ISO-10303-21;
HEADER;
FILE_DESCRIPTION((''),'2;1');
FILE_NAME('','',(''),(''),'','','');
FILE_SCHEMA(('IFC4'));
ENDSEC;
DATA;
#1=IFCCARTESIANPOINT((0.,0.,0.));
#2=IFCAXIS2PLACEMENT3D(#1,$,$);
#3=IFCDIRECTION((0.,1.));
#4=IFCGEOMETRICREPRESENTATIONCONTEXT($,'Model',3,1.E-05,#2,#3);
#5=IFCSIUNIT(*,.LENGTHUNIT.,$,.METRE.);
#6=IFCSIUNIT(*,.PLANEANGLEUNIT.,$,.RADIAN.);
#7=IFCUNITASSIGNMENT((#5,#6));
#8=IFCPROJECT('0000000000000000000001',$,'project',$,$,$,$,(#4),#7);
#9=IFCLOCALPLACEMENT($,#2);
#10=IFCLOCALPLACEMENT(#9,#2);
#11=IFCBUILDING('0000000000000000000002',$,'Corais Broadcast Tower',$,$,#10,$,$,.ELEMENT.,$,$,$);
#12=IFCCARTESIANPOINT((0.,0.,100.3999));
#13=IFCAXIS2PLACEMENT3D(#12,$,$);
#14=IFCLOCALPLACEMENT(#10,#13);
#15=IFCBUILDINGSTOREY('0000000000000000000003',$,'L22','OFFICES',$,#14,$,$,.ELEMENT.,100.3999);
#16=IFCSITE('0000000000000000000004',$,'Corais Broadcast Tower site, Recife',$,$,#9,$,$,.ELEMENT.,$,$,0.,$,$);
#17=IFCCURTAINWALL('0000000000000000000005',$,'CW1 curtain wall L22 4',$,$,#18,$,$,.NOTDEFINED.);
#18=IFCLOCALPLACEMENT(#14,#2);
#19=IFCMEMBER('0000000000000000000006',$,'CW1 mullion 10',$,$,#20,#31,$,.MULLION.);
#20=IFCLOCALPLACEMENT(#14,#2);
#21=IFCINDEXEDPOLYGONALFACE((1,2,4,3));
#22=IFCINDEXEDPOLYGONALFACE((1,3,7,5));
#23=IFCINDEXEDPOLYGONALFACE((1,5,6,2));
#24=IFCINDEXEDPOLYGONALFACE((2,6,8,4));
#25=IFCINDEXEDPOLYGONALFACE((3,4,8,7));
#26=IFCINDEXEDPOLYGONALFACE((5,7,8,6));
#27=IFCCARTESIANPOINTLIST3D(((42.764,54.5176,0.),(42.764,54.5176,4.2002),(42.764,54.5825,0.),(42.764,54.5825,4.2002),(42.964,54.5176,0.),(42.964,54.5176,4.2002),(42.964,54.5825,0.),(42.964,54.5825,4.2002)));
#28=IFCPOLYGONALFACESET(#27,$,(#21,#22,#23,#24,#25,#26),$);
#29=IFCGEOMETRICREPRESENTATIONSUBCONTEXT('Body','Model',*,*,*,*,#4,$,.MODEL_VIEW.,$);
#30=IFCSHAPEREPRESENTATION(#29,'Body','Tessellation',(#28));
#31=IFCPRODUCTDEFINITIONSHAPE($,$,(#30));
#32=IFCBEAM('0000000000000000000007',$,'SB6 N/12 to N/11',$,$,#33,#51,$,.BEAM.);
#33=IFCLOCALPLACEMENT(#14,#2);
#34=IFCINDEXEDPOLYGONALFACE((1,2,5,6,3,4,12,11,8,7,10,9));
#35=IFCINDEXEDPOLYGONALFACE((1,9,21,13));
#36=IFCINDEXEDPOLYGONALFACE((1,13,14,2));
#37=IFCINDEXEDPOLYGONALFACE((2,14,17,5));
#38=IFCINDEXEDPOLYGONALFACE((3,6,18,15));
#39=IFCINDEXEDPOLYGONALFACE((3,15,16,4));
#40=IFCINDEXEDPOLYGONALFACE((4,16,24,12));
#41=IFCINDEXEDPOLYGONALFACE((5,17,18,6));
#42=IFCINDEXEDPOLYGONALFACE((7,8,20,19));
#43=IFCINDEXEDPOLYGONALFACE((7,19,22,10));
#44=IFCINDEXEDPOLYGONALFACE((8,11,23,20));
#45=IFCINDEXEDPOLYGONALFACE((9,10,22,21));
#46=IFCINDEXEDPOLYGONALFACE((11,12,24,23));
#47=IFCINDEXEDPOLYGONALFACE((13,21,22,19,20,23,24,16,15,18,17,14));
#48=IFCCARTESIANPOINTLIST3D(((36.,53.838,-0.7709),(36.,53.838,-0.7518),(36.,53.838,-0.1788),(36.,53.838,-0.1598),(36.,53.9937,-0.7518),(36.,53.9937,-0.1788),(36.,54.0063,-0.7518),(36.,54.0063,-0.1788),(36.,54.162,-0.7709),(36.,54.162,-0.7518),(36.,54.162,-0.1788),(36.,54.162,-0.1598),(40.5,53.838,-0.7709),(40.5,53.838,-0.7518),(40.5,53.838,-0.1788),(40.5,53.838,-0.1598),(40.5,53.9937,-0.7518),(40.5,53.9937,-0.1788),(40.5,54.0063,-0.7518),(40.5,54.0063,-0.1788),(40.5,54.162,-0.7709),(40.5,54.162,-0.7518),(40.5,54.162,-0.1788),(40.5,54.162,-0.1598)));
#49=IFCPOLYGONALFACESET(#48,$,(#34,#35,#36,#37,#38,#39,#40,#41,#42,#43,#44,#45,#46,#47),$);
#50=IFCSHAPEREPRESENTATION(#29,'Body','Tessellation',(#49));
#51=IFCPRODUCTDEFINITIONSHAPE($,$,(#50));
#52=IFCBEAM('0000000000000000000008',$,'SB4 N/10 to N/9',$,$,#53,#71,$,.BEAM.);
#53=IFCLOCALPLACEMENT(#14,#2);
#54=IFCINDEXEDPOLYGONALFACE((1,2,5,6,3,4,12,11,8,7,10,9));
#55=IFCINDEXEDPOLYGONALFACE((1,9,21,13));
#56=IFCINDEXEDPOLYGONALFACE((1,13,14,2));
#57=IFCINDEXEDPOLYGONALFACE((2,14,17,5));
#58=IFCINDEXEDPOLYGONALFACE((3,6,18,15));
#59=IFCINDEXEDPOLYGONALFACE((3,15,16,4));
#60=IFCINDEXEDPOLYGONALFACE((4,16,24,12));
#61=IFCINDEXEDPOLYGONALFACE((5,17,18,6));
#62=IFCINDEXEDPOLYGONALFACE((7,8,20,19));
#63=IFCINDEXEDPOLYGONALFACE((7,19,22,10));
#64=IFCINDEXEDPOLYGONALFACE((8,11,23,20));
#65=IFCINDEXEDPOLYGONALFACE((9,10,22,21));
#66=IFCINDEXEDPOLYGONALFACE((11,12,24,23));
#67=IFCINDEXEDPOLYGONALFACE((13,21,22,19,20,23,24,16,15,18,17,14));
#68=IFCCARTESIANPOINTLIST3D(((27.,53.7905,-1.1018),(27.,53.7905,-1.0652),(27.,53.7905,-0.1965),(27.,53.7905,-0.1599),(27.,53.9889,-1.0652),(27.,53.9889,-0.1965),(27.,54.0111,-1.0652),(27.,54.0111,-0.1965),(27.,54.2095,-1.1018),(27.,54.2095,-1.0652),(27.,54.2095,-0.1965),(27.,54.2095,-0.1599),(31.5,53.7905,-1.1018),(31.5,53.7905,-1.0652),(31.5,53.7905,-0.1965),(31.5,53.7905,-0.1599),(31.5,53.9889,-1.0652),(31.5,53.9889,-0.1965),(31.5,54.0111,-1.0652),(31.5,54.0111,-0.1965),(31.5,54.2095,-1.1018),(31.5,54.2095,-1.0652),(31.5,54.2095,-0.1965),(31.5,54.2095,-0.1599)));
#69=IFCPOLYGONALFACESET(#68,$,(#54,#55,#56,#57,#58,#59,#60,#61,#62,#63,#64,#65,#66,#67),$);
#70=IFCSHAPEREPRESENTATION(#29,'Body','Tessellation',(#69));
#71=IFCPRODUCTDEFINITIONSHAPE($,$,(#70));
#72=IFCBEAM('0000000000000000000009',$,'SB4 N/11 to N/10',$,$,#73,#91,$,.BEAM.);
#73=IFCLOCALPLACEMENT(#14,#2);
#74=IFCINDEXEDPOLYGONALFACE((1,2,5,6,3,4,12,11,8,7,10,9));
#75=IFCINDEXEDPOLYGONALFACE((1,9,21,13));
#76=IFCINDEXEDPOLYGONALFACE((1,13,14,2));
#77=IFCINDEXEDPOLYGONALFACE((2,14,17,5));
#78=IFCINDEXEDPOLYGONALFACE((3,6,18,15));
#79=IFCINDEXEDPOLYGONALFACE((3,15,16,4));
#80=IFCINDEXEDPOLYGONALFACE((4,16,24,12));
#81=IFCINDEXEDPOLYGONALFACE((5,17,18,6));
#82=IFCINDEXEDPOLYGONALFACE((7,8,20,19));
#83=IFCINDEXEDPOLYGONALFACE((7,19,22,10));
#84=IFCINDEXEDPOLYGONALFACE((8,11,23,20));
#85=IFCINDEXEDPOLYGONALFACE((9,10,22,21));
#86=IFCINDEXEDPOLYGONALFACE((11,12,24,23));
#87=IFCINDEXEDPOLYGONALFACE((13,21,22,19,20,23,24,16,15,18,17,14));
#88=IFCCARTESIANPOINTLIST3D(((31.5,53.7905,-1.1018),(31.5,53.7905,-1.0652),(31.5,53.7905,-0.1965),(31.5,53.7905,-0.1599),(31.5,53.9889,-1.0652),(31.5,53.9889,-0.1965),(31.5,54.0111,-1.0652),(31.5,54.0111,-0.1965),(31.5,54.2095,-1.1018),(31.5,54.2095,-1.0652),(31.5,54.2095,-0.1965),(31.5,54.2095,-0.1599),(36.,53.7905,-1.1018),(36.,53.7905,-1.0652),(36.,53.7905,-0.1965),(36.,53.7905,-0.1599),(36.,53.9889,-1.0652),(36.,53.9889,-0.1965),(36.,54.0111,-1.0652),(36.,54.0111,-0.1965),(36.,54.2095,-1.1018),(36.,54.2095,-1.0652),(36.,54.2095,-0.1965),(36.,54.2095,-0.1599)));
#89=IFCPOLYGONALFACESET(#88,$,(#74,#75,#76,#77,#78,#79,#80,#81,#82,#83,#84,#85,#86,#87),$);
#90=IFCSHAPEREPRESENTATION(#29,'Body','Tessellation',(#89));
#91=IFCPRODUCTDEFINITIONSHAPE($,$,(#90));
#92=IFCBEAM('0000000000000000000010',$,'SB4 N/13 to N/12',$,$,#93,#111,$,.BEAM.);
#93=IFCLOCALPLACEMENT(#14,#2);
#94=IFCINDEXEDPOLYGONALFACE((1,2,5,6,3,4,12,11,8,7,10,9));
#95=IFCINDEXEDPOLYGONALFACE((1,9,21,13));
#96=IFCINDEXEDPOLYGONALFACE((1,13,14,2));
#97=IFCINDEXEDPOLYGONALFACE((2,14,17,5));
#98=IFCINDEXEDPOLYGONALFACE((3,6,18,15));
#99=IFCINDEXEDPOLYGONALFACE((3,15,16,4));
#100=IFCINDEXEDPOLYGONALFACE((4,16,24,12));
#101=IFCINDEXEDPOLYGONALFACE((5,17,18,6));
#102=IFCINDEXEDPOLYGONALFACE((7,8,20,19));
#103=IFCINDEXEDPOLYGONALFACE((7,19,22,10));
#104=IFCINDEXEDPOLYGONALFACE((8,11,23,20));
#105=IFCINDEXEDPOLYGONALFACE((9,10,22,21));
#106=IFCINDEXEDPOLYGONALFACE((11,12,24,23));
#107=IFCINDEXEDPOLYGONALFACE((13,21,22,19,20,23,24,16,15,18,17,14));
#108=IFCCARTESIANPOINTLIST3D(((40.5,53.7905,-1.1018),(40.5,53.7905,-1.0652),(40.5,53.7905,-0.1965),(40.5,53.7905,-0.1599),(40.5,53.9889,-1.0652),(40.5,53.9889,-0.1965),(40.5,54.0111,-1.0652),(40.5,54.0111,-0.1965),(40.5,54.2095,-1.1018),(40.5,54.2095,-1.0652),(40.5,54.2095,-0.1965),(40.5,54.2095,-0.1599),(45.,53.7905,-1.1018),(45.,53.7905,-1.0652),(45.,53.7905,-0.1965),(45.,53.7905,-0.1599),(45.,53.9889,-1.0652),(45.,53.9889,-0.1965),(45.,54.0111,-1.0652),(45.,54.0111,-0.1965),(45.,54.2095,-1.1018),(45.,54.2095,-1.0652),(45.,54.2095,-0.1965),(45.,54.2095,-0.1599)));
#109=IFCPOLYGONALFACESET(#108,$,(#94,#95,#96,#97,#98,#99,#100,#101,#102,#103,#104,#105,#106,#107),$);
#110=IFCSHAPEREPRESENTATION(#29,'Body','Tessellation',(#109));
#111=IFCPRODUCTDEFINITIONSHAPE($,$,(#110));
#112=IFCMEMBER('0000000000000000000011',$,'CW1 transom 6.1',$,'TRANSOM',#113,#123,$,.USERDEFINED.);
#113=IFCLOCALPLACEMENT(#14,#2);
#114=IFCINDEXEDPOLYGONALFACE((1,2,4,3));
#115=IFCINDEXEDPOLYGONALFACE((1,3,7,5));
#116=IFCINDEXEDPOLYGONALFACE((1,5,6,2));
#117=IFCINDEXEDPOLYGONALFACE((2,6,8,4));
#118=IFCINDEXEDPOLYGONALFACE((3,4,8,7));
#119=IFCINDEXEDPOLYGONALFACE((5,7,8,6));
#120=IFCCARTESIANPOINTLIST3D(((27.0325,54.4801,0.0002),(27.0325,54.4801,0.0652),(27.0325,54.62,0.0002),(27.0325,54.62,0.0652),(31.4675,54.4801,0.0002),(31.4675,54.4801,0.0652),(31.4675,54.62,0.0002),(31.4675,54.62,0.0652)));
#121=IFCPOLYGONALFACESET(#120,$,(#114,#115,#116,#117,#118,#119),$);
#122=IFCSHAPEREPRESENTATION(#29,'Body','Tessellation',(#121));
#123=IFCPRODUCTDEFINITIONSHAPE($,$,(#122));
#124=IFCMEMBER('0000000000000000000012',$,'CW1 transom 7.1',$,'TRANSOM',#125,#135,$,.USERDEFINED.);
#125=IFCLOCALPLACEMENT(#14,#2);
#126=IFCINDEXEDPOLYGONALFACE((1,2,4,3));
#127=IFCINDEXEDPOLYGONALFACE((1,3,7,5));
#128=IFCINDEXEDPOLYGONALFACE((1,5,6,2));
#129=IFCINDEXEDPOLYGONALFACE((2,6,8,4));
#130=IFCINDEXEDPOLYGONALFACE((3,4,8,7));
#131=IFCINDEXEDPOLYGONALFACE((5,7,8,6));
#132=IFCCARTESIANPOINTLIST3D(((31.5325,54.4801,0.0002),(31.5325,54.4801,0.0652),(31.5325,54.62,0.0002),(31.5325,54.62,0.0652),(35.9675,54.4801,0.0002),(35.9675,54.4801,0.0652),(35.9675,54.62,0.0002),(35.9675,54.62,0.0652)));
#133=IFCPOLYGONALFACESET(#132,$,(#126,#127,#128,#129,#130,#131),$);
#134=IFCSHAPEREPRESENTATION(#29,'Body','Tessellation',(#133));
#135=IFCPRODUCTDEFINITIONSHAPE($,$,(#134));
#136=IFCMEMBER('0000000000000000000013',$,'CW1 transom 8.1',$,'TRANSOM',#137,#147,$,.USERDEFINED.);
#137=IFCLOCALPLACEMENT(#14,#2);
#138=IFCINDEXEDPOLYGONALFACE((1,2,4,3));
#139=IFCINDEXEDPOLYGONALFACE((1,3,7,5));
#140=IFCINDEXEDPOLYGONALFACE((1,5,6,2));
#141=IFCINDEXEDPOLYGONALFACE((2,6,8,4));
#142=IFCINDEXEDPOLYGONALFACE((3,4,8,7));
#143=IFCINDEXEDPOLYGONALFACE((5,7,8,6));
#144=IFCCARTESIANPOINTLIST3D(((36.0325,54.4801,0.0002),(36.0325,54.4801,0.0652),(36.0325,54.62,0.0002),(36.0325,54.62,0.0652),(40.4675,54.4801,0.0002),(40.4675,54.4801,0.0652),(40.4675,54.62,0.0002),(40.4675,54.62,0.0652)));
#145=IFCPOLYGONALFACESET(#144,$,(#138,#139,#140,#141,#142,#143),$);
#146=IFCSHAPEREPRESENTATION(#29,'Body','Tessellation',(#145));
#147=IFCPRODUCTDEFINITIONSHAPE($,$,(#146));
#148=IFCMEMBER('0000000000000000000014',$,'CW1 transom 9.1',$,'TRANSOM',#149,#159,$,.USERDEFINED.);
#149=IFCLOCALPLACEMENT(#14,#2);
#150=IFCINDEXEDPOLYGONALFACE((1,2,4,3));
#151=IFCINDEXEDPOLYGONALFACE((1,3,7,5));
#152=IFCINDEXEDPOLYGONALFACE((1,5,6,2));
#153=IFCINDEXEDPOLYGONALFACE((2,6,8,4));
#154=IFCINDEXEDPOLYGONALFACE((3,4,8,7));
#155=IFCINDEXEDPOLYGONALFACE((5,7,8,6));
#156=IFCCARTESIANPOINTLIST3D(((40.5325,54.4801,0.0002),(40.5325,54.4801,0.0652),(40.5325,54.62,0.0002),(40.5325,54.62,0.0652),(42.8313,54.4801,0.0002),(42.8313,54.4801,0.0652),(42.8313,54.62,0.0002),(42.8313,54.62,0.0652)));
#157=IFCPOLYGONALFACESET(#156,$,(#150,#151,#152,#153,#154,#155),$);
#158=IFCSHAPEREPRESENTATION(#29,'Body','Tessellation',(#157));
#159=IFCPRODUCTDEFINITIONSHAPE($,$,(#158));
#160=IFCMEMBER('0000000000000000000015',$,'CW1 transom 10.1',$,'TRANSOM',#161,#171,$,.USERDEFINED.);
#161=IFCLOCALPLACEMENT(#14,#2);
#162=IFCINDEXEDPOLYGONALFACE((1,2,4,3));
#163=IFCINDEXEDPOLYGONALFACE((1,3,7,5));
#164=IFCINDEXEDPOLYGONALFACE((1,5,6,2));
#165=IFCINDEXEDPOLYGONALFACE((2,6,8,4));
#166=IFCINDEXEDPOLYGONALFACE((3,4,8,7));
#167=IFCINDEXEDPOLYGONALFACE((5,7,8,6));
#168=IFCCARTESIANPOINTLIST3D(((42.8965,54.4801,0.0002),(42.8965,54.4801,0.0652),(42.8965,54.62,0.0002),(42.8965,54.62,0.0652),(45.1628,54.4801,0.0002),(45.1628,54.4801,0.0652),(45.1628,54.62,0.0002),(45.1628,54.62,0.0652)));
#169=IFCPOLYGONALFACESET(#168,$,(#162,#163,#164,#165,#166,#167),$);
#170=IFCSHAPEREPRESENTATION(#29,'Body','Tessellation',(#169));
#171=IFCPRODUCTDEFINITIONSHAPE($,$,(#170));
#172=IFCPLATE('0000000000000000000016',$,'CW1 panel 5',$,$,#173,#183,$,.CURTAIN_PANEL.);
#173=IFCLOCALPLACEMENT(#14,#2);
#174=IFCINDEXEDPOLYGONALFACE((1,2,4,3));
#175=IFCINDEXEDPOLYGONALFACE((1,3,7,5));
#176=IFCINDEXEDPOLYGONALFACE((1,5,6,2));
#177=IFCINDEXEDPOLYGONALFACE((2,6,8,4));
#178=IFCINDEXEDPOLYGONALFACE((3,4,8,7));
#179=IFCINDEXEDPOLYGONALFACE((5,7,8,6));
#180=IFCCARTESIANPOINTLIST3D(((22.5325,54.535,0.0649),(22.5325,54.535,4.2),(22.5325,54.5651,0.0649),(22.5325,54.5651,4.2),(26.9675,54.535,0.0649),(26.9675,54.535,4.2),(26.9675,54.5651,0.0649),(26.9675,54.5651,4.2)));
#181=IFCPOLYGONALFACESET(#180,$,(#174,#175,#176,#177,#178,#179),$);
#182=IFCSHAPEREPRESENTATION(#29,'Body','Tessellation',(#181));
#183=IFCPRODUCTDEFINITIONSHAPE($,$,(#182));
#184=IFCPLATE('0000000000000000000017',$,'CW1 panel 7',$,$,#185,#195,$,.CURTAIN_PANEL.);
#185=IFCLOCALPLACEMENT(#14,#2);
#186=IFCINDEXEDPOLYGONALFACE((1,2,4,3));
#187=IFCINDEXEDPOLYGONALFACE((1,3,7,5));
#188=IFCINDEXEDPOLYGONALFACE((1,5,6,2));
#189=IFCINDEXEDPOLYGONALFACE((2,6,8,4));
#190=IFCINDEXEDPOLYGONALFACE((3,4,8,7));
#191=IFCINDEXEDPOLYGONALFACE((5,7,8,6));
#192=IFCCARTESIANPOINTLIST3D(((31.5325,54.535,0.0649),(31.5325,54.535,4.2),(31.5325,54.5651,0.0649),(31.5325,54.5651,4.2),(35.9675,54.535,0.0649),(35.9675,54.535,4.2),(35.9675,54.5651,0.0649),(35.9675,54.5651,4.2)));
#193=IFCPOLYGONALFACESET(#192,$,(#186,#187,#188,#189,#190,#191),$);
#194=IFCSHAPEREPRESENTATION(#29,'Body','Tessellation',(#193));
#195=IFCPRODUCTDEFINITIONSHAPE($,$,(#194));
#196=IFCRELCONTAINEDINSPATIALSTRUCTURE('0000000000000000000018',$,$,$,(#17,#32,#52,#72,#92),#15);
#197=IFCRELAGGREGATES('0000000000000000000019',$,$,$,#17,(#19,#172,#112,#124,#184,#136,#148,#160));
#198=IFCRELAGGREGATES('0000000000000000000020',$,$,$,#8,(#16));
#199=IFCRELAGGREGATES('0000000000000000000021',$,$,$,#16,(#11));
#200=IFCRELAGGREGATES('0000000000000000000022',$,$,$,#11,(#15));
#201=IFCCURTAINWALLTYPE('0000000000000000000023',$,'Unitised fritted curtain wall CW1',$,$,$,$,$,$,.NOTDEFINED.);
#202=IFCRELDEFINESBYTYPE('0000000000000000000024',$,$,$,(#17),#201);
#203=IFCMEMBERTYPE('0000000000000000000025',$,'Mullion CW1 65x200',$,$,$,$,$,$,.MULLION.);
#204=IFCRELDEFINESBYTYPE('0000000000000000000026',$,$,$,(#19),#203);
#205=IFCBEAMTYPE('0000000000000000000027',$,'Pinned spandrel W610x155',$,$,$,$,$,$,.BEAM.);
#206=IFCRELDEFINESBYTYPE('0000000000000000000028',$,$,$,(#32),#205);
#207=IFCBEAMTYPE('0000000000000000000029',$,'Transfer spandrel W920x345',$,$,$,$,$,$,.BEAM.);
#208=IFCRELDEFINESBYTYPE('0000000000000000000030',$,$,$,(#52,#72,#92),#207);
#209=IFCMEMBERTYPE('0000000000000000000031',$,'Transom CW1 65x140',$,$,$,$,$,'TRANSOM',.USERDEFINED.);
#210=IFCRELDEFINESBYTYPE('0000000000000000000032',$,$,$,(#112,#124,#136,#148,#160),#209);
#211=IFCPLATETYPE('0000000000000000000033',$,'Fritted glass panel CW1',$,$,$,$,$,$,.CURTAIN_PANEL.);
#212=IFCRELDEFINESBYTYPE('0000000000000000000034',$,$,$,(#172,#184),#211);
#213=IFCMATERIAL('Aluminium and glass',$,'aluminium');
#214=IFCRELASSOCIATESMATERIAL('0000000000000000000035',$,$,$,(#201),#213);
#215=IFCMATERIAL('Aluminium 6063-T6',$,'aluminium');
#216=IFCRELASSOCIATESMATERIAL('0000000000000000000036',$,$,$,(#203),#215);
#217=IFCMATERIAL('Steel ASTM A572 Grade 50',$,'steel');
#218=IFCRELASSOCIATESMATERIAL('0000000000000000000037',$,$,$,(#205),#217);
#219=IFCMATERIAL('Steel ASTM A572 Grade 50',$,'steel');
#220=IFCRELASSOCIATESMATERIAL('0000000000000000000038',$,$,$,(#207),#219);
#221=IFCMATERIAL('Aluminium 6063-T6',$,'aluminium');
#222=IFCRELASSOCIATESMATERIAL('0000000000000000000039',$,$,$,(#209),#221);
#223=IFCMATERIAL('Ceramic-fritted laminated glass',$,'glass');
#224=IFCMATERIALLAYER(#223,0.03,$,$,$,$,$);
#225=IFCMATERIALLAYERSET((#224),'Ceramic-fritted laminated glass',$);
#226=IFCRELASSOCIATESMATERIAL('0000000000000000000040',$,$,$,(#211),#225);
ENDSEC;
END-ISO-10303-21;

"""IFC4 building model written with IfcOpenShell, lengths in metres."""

from ifc_helpers import new_model, si_unit, direction, frame, origin, origin_2d, place, context, subcontext, project, spatial, rectangle, i_section, extrude, material, layer, layer_set, material_profile, profile_set, type_object, element, aggregate, save


model = new_model("IFC4")

# Units and contexts
model_context = context("Model", 3, precision=1e-05, world=origin(), true_north=direction((0.0, 1.0)))
body_context = subcontext(model_context, "Body", "Model", "MODEL_VIEW")
ifc_project = project(units=[si_unit("LENGTHUNIT", "METRE"), si_unit("PLANEANGLEUNIT", "RADIAN")], contexts=[model_context])

# Site, building, storey
site_placement = place(None, origin())
site = spatial("IfcSite", under=ifc_project, at=site_placement, Name="Corais Broadcast Tower site, Recife", CompositionType="ELEMENT", RefElevation=0.0)
building_placement = place(site_placement, origin())
building = spatial("IfcBuilding", under=site, at=building_placement, Name="Corais Broadcast Tower", CompositionType="ELEMENT")
storey_placement = place(building_placement, frame((0.0, 0.0, 100.3999)))
storey = spatial("IfcBuildingStorey", under=building, at=storey_placement, Name="L22", Description="OFFICES", CompositionType="ELEMENT", Elevation=100.3999)

# Curtain wall, member
ifc_material_1 = material(Name="Aluminium and glass", Category="aluminium")
curtain_wall_type = type_object("IfcCurtainWallType", Name="Unitised fritted curtain wall CW1", PredefinedType="NOTDEFINED", material=ifc_material_1)
curtain_wall_placement = place(storey_placement, origin())
curtain_wall = element("IfcCurtainWall", 1, at=curtain_wall_placement, inside=storey, type_object=curtain_wall_type, Name="CW1 curtain wall L22 4", PredefinedType="NOTDEFINED")
ifc_material_2 = material(Name="Aluminium 6063-T6", Category="aluminium")
ifc_material_profile_1 = material_profile(ifc_material_2, rectangle(XDim=0.0649, YDim=0.2, at=origin_2d()), Name="Mullion CW1 65x200")
ifc_profile_set_1 = profile_set([ifc_material_profile_1], Name="Aluminium 6063-T6")
member_type_1 = type_object("IfcMemberType", Name="Mullion CW1 65x200", PredefinedType="MULLION", material=ifc_profile_set_1)
member_1_placement = place(storey_placement, frame((42.864, 54.55, 0.0), z_axis=(0.0, 0.0, 1.0), x_axis=(0.0, 1.0, 0.0)))
member_1 = element("IfcMember", 2, at=member_1_placement, type_object=member_type_1, Name="CW1 mullion 10", PredefinedType="MULLION", context=body_context, shape_type="SweptSolid", body=[
    extrude(rectangle(XDim=0.0649, YDim=0.2, at=origin_2d()), origin(), (0.0, 0.0, 1.0), 4.2002),
])

# Beams
ifc_material_3 = material(Name="Steel ASTM A572 Grade 50", Category="steel")
ifc_material_profile_2 = material_profile(ifc_material_3, i_section(OverallWidth=0.324, OverallDepth=0.6111, WebThickness=0.0127, FlangeThickness=0.019, at=origin_2d()), Name="W610x155")
ifc_profile_set_2 = profile_set([ifc_material_profile_2], Name="Steel ASTM A572 Grade 50")
beam_type_1 = type_object("IfcBeamType", Name="Pinned spandrel W610x155", PredefinedType="BEAM", material=ifc_profile_set_2)
beam_1_placement = place(storey_placement, frame((40.5, 54.0, -0.4653), z_axis=(-1.0, 0.0, 0.0), x_axis=(0.0, -1.0, 0.0)))
element("IfcBeam", 3, at=beam_1_placement, inside=storey, type_object=beam_type_1, Name="SB6 N/12 to N/11", PredefinedType="BEAM", context=body_context, shape_type="SweptSolid", body=[
    extrude(i_section(OverallWidth=0.324, OverallDepth=0.6111, WebThickness=0.0127, FlangeThickness=0.019, at=origin_2d()), origin(), (0.0, 0.0, 1.0), 4.5),
])
ifc_material_4 = material(Name="Steel ASTM A572 Grade 50", Category="steel")
ifc_material_profile_3 = material_profile(ifc_material_4, i_section(OverallWidth=0.4189, OverallDepth=0.9419, WebThickness=0.0222, FlangeThickness=0.0366, at=origin_2d()), Name="W920x345")
ifc_profile_set_3 = profile_set([ifc_material_profile_3], Name="Steel ASTM A572 Grade 50")
beam_type_2 = type_object("IfcBeamType", Name="Transfer spandrel W920x345", PredefinedType="BEAM", material=ifc_profile_set_3)
for number, where, z_axis, x_axis, name in (
    (4, (31.5, 54.0, -0.6309), (-1.0, 0.0, 0.0), (0.0, -1.0, 0.0), "SB4 N/10 to N/9"),
    (5, (36.0, 54.0, -0.6309), (-1.0, 0.0, 0.0), (0.0, -1.0, 0.0), "SB4 N/11 to N/10"),
    (6, (45.0, 54.0, -0.6309), (-1.0, 0.0, 0.0), (0.0, -1.0, 0.0), "SB4 N/13 to N/12"),
):
    element("IfcBeam", number, at=place(storey_placement, frame(where, z_axis=z_axis, x_axis=x_axis)), inside=storey, type_object=beam_type_2, Name=name, PredefinedType="BEAM", context=body_context, shape_type="SweptSolid", body=[
        extrude(i_section(OverallWidth=0.4189, OverallDepth=0.9419, WebThickness=0.0222, FlangeThickness=0.0366, at=origin_2d()), origin(), (0.0, 0.0, 1.0), 4.5),
    ])

# Members
ifc_material_5 = material(Name="Aluminium 6063-T6", Category="aluminium")
ifc_material_profile_4 = material_profile(ifc_material_5, rectangle(XDim=0.1399, YDim=0.0649, at=origin_2d()), Name="Transom CW1 65x140")
ifc_profile_set_4 = profile_set([ifc_material_profile_4], Name="Aluminium 6063-T6")
member_type_2 = type_object("IfcMemberType", Name="Transom CW1 65x140", ElementType="TRANSOM", PredefinedType="USERDEFINED", material=ifc_profile_set_4)
member_2_placement = place(storey_placement, frame((27.0325, 54.55, 0.0327), z_axis=(1.0, 0.0, 0.0), x_axis=(0.0, 1.0, 0.0)))
member_2 = element("IfcMember", 7, at=member_2_placement, type_object=member_type_2, Name="CW1 transom 6.1", ObjectType="TRANSOM", PredefinedType="USERDEFINED", context=body_context, shape_type="SweptSolid", body=[
    extrude(rectangle(XDim=0.1399, YDim=0.0649, at=origin_2d()), origin(), (0.0, 0.0, 1.0), 4.4351),
])
member_3_placement = place(storey_placement, frame((31.5325, 54.55, 0.0327), z_axis=(1.0, 0.0, 0.0), x_axis=(0.0, 1.0, 0.0)))
member_3 = element("IfcMember", 8, at=member_3_placement, type_object=member_type_2, Name="CW1 transom 7.1", ObjectType="TRANSOM", PredefinedType="USERDEFINED", context=body_context, shape_type="SweptSolid", body=[
    extrude(rectangle(XDim=0.1399, YDim=0.0649, at=origin_2d()), origin(), (0.0, 0.0, 1.0), 4.4351),
])
member_4_placement = place(storey_placement, frame((36.0325, 54.55, 0.0327), z_axis=(1.0, 0.0, 0.0), x_axis=(0.0, 1.0, 0.0)))
member_4 = element("IfcMember", 9, at=member_4_placement, type_object=member_type_2, Name="CW1 transom 8.1", ObjectType="TRANSOM", PredefinedType="USERDEFINED", context=body_context, shape_type="SweptSolid", body=[
    extrude(rectangle(XDim=0.1399, YDim=0.0649, at=origin_2d()), origin(), (0.0, 0.0, 1.0), 4.4351),
])
member_5_placement = place(storey_placement, frame((40.5325, 54.55, 0.0327), z_axis=(1.0, 0.0, 0.0), x_axis=(0.0, 1.0, 0.0)))
member_5 = element("IfcMember", 10, at=member_5_placement, type_object=member_type_2, Name="CW1 transom 9.1", ObjectType="TRANSOM", PredefinedType="USERDEFINED", context=body_context, shape_type="SweptSolid", body=[
    extrude(rectangle(XDim=0.1399, YDim=0.0649, at=origin_2d()), origin(), (0.0, 0.0, 1.0), 2.2988),
])
member_6_placement = place(storey_placement, frame((42.8965, 54.55, 0.0327), z_axis=(1.0, 0.0, 0.0), x_axis=(0.0, 1.0, 0.0)))
member_6 = element("IfcMember", 11, at=member_6_placement, type_object=member_type_2, Name="CW1 transom 10.1", ObjectType="TRANSOM", PredefinedType="USERDEFINED", context=body_context, shape_type="SweptSolid", body=[
    extrude(rectangle(XDim=0.1399, YDim=0.0649, at=origin_2d()), origin(), (0.0, 0.0, 1.0), 2.2664),
])

# Plates
ifc_material_6 = material(Name="Ceramic-fritted laminated glass", Category="glass")
ifc_layer_1 = layer(ifc_material_6, 0.03)
ifc_layer_set_1 = layer_set([ifc_layer_1], Name="Ceramic-fritted laminated glass")
plate_type_1 = type_object("IfcPlateType", Name="Fritted glass panel CW1", PredefinedType="CURTAIN_PANEL", material=ifc_layer_set_1)
plate_1_placement = place(storey_placement, frame((24.75, 54.55, 0.0649), z_axis=(0.0, 0.0, 1.0), x_axis=(1.0, 0.0, 0.0)))
plate_1 = element("IfcPlate", 12, at=plate_1_placement, type_object=plate_type_1, Name="CW1 panel 5", PredefinedType="CURTAIN_PANEL", context=body_context, shape_type="SweptSolid", body=[
    extrude(rectangle(XDim=4.4351, YDim=0.03, at=origin_2d()), origin(), (0.0, 0.0, 1.0), 4.135),
])
plate_2_placement = place(storey_placement, frame((33.75, 54.55, 0.0649), z_axis=(0.0, 0.0, 1.0), x_axis=(1.0, 0.0, 0.0)))
plate_2 = element("IfcPlate", 13, at=plate_2_placement, type_object=plate_type_1, Name="CW1 panel 7", PredefinedType="CURTAIN_PANEL", context=body_context, shape_type="SweptSolid", body=[
    extrude(rectangle(XDim=4.4351, YDim=0.03, at=origin_2d()), origin(), (0.0, 0.0, 1.0), 4.135),
])
aggregate(curtain_wall, [member_1, plate_1, member_2, member_3, plate_2, member_4, member_5, member_6])

save(model, "model.ifc")
